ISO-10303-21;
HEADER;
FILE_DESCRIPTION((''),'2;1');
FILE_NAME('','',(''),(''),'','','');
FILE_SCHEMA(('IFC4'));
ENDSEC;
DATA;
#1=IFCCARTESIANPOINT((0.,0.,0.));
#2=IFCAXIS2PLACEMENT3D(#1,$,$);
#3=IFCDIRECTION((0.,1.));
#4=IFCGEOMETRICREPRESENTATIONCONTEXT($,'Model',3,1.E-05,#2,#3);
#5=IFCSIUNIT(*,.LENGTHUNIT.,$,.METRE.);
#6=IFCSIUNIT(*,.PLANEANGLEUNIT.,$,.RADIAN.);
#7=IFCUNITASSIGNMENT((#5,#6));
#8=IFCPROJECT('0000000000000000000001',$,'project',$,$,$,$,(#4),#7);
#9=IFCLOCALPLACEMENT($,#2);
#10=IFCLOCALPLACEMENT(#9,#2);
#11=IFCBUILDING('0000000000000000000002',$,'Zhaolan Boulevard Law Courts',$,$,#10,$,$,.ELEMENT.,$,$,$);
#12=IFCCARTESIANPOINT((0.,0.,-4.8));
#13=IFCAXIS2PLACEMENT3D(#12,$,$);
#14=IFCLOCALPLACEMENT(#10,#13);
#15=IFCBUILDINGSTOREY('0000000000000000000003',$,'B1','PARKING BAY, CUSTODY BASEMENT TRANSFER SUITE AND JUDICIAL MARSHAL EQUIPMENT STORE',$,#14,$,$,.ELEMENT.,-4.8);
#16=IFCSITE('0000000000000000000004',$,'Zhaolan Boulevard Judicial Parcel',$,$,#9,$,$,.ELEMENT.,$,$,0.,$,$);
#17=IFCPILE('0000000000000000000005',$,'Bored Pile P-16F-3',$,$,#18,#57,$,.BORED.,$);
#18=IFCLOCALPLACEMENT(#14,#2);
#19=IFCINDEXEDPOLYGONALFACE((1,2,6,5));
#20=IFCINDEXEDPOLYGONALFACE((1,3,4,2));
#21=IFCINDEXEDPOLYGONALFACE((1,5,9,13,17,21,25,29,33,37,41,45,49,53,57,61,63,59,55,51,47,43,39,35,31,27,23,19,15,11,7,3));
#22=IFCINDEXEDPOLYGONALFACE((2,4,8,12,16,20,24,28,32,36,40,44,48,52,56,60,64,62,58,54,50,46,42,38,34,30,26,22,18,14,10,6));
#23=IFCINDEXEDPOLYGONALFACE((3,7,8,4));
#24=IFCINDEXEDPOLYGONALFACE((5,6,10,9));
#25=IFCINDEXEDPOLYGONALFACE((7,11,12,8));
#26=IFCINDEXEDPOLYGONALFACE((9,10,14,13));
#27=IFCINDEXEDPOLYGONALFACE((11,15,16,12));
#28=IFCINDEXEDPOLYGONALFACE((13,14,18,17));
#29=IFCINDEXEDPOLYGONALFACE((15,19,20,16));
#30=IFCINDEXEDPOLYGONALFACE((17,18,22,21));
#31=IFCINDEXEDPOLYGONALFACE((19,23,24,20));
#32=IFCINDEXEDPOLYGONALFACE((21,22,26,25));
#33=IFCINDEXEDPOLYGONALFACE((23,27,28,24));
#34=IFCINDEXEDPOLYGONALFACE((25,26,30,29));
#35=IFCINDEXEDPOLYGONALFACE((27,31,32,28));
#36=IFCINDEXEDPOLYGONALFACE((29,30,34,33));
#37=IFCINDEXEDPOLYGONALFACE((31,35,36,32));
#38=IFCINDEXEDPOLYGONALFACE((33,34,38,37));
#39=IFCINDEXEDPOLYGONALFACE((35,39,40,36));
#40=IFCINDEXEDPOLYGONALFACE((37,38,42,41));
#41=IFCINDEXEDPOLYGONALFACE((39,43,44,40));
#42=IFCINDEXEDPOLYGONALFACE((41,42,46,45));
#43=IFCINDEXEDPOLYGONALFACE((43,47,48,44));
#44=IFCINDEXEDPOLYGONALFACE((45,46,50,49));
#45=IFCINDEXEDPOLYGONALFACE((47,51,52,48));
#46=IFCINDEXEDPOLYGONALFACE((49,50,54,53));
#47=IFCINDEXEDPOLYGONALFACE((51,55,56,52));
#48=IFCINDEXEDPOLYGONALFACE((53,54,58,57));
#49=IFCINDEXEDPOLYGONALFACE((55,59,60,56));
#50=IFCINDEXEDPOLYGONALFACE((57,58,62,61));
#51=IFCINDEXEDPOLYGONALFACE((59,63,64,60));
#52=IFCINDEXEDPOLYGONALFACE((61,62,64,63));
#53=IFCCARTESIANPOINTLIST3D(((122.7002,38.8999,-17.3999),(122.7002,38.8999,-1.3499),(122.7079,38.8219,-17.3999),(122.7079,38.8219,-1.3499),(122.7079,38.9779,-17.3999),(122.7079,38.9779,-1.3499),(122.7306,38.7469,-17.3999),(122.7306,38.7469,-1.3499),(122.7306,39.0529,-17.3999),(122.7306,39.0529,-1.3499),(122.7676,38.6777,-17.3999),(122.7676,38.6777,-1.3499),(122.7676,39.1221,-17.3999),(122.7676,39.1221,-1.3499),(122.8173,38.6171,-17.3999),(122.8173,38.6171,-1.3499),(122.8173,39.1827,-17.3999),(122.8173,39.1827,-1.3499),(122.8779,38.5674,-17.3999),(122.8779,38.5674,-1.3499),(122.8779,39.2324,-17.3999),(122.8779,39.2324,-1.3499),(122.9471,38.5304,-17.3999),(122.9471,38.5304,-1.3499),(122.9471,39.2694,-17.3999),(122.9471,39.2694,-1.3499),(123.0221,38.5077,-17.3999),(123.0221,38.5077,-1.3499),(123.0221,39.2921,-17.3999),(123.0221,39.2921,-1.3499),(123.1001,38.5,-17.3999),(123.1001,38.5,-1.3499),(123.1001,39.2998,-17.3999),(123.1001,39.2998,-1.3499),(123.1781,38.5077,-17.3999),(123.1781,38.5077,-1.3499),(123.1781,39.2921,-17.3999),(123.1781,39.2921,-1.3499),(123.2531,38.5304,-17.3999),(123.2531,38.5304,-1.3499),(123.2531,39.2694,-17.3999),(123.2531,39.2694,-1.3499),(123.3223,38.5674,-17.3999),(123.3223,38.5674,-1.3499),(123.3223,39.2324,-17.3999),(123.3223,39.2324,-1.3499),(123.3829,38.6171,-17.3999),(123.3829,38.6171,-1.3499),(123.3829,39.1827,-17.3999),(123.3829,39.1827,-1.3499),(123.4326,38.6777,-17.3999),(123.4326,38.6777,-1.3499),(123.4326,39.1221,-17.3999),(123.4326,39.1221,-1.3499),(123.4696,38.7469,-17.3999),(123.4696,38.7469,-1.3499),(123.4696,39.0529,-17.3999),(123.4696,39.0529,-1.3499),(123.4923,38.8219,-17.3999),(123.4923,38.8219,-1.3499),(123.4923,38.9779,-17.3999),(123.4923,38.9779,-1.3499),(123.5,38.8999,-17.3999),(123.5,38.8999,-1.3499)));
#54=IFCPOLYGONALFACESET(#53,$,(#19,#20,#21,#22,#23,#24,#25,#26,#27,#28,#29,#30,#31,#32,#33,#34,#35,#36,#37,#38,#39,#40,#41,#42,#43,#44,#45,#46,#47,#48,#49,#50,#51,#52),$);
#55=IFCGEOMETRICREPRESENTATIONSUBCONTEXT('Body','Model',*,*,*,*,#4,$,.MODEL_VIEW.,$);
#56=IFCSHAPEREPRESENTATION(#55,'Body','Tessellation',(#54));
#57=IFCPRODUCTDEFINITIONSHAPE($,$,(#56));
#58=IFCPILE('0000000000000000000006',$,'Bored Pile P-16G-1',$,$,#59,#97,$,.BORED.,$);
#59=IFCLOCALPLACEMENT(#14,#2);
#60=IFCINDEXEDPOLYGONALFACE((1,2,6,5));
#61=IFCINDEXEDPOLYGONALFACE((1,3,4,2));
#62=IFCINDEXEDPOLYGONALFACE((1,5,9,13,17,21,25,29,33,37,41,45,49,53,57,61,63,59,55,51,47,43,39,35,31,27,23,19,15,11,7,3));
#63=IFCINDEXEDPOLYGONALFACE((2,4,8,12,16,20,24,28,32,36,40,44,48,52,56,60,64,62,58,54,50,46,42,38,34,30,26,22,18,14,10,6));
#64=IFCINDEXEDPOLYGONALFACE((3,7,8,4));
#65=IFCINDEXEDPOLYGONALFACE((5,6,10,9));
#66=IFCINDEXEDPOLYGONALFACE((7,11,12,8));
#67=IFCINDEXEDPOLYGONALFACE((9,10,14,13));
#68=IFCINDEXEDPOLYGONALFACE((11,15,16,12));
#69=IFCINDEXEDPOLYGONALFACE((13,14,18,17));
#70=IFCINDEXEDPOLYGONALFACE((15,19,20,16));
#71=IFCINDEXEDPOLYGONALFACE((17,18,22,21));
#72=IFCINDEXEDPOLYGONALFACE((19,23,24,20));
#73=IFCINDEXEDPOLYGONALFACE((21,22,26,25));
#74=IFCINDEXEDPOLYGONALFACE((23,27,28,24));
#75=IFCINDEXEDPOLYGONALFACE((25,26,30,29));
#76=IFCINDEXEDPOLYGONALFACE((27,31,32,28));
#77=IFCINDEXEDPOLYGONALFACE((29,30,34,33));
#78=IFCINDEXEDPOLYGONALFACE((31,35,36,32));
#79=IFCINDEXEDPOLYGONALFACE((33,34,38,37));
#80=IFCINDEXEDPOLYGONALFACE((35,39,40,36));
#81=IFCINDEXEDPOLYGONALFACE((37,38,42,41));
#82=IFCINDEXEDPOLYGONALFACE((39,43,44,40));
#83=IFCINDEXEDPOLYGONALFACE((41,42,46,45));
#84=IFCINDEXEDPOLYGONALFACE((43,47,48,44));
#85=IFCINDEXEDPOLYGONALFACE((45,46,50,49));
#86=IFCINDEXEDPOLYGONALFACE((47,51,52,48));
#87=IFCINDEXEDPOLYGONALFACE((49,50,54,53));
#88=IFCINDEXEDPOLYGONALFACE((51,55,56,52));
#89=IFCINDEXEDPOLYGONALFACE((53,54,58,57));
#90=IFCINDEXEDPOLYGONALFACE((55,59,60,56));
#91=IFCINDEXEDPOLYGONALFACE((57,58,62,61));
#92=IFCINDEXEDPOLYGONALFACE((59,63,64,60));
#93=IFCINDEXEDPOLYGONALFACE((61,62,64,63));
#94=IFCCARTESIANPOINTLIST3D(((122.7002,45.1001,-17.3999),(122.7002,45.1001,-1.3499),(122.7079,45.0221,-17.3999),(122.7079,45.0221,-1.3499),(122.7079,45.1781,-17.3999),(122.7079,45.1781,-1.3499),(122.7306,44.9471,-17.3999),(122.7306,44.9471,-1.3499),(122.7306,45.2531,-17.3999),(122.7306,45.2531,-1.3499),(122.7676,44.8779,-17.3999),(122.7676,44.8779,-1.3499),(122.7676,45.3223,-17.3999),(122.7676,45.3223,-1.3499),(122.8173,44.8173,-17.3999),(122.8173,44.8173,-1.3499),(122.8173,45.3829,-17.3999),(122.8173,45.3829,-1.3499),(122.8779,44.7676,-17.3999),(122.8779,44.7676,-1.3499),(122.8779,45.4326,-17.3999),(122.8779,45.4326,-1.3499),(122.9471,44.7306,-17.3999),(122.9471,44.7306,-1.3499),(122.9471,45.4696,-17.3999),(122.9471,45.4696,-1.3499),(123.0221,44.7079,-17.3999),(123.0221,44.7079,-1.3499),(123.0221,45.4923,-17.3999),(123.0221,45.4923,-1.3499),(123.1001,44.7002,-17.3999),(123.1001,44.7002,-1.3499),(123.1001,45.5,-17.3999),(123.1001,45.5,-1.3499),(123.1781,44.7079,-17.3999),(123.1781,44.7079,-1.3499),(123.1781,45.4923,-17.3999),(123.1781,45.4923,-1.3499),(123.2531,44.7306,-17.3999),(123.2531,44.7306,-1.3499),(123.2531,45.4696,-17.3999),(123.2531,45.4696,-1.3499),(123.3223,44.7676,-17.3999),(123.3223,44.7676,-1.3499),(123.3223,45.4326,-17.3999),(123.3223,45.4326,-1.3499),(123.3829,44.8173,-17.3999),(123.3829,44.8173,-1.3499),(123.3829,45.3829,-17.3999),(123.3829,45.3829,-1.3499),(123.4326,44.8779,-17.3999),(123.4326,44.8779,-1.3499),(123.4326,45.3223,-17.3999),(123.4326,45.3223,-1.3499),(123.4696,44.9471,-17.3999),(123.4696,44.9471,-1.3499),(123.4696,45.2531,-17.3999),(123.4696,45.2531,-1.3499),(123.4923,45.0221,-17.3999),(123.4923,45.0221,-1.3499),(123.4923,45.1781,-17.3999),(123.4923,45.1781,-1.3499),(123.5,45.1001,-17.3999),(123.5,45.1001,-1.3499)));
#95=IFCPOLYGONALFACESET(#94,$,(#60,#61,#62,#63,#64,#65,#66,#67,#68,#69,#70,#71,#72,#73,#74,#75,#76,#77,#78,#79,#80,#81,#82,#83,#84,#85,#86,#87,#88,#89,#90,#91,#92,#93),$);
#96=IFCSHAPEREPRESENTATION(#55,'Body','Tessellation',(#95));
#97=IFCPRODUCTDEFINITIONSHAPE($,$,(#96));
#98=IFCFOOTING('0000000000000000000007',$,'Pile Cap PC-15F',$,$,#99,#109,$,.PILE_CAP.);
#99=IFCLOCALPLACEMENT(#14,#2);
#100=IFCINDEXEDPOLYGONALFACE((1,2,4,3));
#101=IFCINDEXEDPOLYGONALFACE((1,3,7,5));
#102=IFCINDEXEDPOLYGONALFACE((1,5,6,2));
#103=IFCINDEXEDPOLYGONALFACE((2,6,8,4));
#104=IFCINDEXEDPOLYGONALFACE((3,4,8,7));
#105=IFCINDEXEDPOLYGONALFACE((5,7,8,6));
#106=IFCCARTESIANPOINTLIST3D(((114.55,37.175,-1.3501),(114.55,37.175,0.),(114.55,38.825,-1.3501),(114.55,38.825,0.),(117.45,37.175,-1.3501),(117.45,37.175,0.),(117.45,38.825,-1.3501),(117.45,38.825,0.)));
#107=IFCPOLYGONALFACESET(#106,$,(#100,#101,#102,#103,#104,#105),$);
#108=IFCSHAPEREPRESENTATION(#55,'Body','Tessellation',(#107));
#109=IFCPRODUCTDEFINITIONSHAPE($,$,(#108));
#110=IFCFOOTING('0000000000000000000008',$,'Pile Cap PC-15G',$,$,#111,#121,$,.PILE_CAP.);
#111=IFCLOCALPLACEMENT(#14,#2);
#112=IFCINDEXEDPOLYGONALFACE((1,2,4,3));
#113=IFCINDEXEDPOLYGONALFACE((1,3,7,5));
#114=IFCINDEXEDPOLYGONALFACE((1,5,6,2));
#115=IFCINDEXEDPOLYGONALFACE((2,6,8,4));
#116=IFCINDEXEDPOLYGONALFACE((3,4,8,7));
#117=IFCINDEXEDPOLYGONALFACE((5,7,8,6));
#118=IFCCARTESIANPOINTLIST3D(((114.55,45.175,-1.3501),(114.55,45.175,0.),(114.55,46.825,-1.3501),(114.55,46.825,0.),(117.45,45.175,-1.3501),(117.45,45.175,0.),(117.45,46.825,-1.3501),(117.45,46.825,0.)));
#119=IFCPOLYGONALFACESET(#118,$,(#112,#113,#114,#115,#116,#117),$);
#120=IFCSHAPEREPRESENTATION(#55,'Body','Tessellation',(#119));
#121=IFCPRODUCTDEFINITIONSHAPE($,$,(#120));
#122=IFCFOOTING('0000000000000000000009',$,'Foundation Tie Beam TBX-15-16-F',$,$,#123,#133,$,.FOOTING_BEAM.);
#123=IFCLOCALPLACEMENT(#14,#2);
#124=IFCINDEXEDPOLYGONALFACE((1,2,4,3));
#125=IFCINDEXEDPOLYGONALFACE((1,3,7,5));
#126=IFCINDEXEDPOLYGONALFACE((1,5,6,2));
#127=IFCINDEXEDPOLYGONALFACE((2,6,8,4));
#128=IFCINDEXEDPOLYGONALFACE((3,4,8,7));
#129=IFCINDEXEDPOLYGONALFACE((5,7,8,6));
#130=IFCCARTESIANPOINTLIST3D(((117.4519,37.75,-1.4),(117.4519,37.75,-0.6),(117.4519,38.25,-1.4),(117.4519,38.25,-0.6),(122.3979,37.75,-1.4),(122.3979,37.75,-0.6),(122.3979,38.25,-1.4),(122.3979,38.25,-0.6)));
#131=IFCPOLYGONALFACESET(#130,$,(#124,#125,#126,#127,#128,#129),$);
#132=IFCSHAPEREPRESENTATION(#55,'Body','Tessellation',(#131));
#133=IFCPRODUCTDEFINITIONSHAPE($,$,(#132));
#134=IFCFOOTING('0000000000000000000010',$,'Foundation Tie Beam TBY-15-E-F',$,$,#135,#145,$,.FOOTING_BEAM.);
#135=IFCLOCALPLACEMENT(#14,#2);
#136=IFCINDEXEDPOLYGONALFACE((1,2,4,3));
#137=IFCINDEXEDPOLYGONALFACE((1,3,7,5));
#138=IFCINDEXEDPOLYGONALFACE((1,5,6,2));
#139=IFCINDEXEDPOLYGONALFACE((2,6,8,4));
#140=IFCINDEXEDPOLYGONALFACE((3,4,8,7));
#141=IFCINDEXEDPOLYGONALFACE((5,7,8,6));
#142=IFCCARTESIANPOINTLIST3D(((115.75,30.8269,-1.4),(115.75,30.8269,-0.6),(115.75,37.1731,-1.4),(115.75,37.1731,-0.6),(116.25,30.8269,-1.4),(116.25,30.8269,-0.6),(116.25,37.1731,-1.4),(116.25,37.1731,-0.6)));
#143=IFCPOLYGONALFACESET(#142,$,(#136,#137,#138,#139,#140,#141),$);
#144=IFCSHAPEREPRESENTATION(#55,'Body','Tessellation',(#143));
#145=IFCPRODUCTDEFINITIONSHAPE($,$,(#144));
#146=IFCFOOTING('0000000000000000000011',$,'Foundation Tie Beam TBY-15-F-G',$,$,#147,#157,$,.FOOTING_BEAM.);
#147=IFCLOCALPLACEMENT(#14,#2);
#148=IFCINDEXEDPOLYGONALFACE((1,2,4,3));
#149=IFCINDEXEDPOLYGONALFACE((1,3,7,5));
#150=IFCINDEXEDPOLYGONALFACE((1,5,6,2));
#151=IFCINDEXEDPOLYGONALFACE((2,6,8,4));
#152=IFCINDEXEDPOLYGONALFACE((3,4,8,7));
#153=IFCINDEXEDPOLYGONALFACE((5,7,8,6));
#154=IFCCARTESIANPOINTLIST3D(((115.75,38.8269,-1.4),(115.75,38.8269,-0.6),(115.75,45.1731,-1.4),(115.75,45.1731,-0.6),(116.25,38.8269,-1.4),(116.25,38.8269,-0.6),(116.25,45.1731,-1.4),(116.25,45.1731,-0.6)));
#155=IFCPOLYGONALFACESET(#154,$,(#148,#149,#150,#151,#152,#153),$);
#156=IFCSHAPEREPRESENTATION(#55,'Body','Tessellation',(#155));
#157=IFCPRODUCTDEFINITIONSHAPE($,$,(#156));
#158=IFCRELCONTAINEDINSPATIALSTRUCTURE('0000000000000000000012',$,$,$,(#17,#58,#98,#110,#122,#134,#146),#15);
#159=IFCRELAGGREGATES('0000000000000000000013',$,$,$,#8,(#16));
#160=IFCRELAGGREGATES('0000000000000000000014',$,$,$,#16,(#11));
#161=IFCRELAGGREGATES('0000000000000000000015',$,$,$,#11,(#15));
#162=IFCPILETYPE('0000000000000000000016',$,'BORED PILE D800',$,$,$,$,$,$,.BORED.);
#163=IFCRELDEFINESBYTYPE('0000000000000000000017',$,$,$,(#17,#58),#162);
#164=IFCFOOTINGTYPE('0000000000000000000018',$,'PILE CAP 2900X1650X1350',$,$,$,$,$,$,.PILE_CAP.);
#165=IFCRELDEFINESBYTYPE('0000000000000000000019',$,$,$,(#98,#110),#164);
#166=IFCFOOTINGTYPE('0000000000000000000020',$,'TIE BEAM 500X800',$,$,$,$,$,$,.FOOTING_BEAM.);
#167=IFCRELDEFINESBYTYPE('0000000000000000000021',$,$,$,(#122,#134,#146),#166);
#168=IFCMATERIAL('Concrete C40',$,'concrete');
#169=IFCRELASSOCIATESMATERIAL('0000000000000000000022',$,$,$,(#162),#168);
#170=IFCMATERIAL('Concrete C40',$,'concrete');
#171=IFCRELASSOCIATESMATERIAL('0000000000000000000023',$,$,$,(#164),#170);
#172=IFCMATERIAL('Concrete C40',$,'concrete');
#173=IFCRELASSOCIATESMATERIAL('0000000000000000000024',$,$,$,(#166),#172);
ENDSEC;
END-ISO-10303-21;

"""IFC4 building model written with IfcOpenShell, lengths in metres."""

from ifc_helpers import new_model, si_unit, direction, frame, origin, origin_2d, place, context, subcontext, project, spatial, rectangle, circle, extrude, material, material_profile, profile_set, type_object, element, save


model = new_model("IFC4")

# Units and contexts
model_context = context("Model", 3, precision=1e-05, world=origin(), true_north=direction((0.0, 1.0)))
body_context = subcontext(model_context, "Body", "Model", "MODEL_VIEW")
ifc_project = project(units=[si_unit("LENGTHUNIT", "METRE"), si_unit("PLANEANGLEUNIT", "RADIAN")], contexts=[model_context])

# Site, building, storey
site_placement = place(None, origin())
site = spatial("IfcSite", under=ifc_project, at=site_placement, Name="Zhaolan Boulevard Judicial Parcel", CompositionType="ELEMENT", RefElevation=0.0)
building_placement = place(site_placement, origin())
building = spatial("IfcBuilding", under=site, at=building_placement, Name="Zhaolan Boulevard Law Courts", CompositionType="ELEMENT")
storey_placement = place(building_placement, frame((0.0, 0.0, -4.8)))
storey = spatial("IfcBuildingStorey", under=building, at=storey_placement, Name="B1", Description="PARKING BAY, CUSTODY BASEMENT TRANSFER SUITE AND JUDICIAL MARSHAL EQUIPMENT STORE", CompositionType="ELEMENT", Elevation=-4.8)

# Piles
ifc_material_1 = material(Name="Concrete C40", Category="concrete")
ifc_material_profile_1 = material_profile(ifc_material_1, circle(Radius=0.3999, at=origin_2d()), Name="PILE-D800")
ifc_profile_set_1 = profile_set([ifc_material_profile_1], Name="Concrete C40")
pile_type_1 = type_object("IfcPileType", Name="BORED PILE D800", PredefinedType="BORED", material=ifc_profile_set_1)
for number, where, z_axis, x_axis, name in (
    (1, (123.1001, 38.8999, -1.3499), (0.0, 0.0, -1.0), (1.0, 0.0, 0.0), "Bored Pile P-16F-3"),
    (2, (123.1001, 45.1001, -1.3499), (0.0, 0.0, -1.0), (1.0, 0.0, 0.0), "Bored Pile P-16G-1"),
):
    element("IfcPile", number, at=place(storey_placement, frame(where, z_axis=z_axis, x_axis=x_axis)), inside=storey, type_object=pile_type_1, Name=name, PredefinedType="BORED", context=body_context, shape_type="SweptSolid", body=[
        extrude(circle(Radius=0.3999, at=origin_2d()), origin(), (0.0, 0.0, 1.0), 16.05),
    ])

# Footings
ifc_material_2 = material(Name="Concrete C40", Category="concrete")
footing_type_1 = type_object("IfcFootingType", Name="PILE CAP 2900X1650X1350", PredefinedType="PILE_CAP", material=ifc_material_2)
for number, where, z_axis, x_axis, name in (
    (3, (116.0, 38.0, -1.3501), (0.0, 0.0, 1.0), (1.0, 0.0, 0.0), "Pile Cap PC-15F"),
    (4, (116.0, 46.0, -1.3501), (0.0, 0.0, 1.0), (1.0, 0.0, 0.0), "Pile Cap PC-15G"),
):
    element("IfcFooting", number, at=place(storey_placement, frame(where, z_axis=z_axis, x_axis=x_axis)), inside=storey, type_object=footing_type_1, Name=name, PredefinedType="PILE_CAP", context=body_context, shape_type="SweptSolid", body=[
        extrude(rectangle(XDim=2.8999, YDim=1.6499, at=origin_2d()), origin(), (0.0, 0.0, 1.0), 1.3501),
    ])
ifc_material_3 = material(Name="Concrete C40", Category="concrete")
ifc_material_profile_2 = material_profile(ifc_material_3, rectangle(XDim=0.5, YDim=0.8, at=origin_2d()), Name="RC500x800")
ifc_profile_set_2 = profile_set([ifc_material_profile_2], Name="Concrete C40")
footing_type_2 = type_object("IfcFootingType", Name="TIE BEAM 500X800", PredefinedType="FOOTING_BEAM", material=ifc_profile_set_2)
footing_placement = place(storey_placement, frame((117.4519, 38.0, -1.0), z_axis=(1.0, 0.0, 0.0), x_axis=(0.0, 1.0, 0.0)))
element("IfcFooting", 5, at=footing_placement, inside=storey, type_object=footing_type_2, Name="Foundation Tie Beam TBX-15-16-F", PredefinedType="FOOTING_BEAM", context=body_context, shape_type="SweptSolid", body=[
    extrude(rectangle(XDim=0.5, YDim=0.8, at=origin_2d()), origin(), (0.0, 0.0, 1.0), 4.946),
])
for number, where, z_axis, x_axis, name in (
    (6, (116.0, 30.8269, -1.0), (0.0, 1.0, 0.0), (-1.0, 0.0, 0.0), "Foundation Tie Beam TBY-15-E-F"),
    (7, (116.0, 38.8269, -1.0), (0.0, 1.0, 0.0), (-1.0, 0.0, 0.0), "Foundation Tie Beam TBY-15-F-G"),
):
    element("IfcFooting", number, at=place(storey_placement, frame(where, z_axis=z_axis, x_axis=x_axis)), inside=storey, type_object=footing_type_2, Name=name, PredefinedType="FOOTING_BEAM", context=body_context, shape_type="SweptSolid", body=[
        extrude(rectangle(XDim=0.5, YDim=0.8, at=origin_2d()), origin(), (0.0, 0.0, 1.0), 6.3462),
    ])

save(model, "model.ifc")
